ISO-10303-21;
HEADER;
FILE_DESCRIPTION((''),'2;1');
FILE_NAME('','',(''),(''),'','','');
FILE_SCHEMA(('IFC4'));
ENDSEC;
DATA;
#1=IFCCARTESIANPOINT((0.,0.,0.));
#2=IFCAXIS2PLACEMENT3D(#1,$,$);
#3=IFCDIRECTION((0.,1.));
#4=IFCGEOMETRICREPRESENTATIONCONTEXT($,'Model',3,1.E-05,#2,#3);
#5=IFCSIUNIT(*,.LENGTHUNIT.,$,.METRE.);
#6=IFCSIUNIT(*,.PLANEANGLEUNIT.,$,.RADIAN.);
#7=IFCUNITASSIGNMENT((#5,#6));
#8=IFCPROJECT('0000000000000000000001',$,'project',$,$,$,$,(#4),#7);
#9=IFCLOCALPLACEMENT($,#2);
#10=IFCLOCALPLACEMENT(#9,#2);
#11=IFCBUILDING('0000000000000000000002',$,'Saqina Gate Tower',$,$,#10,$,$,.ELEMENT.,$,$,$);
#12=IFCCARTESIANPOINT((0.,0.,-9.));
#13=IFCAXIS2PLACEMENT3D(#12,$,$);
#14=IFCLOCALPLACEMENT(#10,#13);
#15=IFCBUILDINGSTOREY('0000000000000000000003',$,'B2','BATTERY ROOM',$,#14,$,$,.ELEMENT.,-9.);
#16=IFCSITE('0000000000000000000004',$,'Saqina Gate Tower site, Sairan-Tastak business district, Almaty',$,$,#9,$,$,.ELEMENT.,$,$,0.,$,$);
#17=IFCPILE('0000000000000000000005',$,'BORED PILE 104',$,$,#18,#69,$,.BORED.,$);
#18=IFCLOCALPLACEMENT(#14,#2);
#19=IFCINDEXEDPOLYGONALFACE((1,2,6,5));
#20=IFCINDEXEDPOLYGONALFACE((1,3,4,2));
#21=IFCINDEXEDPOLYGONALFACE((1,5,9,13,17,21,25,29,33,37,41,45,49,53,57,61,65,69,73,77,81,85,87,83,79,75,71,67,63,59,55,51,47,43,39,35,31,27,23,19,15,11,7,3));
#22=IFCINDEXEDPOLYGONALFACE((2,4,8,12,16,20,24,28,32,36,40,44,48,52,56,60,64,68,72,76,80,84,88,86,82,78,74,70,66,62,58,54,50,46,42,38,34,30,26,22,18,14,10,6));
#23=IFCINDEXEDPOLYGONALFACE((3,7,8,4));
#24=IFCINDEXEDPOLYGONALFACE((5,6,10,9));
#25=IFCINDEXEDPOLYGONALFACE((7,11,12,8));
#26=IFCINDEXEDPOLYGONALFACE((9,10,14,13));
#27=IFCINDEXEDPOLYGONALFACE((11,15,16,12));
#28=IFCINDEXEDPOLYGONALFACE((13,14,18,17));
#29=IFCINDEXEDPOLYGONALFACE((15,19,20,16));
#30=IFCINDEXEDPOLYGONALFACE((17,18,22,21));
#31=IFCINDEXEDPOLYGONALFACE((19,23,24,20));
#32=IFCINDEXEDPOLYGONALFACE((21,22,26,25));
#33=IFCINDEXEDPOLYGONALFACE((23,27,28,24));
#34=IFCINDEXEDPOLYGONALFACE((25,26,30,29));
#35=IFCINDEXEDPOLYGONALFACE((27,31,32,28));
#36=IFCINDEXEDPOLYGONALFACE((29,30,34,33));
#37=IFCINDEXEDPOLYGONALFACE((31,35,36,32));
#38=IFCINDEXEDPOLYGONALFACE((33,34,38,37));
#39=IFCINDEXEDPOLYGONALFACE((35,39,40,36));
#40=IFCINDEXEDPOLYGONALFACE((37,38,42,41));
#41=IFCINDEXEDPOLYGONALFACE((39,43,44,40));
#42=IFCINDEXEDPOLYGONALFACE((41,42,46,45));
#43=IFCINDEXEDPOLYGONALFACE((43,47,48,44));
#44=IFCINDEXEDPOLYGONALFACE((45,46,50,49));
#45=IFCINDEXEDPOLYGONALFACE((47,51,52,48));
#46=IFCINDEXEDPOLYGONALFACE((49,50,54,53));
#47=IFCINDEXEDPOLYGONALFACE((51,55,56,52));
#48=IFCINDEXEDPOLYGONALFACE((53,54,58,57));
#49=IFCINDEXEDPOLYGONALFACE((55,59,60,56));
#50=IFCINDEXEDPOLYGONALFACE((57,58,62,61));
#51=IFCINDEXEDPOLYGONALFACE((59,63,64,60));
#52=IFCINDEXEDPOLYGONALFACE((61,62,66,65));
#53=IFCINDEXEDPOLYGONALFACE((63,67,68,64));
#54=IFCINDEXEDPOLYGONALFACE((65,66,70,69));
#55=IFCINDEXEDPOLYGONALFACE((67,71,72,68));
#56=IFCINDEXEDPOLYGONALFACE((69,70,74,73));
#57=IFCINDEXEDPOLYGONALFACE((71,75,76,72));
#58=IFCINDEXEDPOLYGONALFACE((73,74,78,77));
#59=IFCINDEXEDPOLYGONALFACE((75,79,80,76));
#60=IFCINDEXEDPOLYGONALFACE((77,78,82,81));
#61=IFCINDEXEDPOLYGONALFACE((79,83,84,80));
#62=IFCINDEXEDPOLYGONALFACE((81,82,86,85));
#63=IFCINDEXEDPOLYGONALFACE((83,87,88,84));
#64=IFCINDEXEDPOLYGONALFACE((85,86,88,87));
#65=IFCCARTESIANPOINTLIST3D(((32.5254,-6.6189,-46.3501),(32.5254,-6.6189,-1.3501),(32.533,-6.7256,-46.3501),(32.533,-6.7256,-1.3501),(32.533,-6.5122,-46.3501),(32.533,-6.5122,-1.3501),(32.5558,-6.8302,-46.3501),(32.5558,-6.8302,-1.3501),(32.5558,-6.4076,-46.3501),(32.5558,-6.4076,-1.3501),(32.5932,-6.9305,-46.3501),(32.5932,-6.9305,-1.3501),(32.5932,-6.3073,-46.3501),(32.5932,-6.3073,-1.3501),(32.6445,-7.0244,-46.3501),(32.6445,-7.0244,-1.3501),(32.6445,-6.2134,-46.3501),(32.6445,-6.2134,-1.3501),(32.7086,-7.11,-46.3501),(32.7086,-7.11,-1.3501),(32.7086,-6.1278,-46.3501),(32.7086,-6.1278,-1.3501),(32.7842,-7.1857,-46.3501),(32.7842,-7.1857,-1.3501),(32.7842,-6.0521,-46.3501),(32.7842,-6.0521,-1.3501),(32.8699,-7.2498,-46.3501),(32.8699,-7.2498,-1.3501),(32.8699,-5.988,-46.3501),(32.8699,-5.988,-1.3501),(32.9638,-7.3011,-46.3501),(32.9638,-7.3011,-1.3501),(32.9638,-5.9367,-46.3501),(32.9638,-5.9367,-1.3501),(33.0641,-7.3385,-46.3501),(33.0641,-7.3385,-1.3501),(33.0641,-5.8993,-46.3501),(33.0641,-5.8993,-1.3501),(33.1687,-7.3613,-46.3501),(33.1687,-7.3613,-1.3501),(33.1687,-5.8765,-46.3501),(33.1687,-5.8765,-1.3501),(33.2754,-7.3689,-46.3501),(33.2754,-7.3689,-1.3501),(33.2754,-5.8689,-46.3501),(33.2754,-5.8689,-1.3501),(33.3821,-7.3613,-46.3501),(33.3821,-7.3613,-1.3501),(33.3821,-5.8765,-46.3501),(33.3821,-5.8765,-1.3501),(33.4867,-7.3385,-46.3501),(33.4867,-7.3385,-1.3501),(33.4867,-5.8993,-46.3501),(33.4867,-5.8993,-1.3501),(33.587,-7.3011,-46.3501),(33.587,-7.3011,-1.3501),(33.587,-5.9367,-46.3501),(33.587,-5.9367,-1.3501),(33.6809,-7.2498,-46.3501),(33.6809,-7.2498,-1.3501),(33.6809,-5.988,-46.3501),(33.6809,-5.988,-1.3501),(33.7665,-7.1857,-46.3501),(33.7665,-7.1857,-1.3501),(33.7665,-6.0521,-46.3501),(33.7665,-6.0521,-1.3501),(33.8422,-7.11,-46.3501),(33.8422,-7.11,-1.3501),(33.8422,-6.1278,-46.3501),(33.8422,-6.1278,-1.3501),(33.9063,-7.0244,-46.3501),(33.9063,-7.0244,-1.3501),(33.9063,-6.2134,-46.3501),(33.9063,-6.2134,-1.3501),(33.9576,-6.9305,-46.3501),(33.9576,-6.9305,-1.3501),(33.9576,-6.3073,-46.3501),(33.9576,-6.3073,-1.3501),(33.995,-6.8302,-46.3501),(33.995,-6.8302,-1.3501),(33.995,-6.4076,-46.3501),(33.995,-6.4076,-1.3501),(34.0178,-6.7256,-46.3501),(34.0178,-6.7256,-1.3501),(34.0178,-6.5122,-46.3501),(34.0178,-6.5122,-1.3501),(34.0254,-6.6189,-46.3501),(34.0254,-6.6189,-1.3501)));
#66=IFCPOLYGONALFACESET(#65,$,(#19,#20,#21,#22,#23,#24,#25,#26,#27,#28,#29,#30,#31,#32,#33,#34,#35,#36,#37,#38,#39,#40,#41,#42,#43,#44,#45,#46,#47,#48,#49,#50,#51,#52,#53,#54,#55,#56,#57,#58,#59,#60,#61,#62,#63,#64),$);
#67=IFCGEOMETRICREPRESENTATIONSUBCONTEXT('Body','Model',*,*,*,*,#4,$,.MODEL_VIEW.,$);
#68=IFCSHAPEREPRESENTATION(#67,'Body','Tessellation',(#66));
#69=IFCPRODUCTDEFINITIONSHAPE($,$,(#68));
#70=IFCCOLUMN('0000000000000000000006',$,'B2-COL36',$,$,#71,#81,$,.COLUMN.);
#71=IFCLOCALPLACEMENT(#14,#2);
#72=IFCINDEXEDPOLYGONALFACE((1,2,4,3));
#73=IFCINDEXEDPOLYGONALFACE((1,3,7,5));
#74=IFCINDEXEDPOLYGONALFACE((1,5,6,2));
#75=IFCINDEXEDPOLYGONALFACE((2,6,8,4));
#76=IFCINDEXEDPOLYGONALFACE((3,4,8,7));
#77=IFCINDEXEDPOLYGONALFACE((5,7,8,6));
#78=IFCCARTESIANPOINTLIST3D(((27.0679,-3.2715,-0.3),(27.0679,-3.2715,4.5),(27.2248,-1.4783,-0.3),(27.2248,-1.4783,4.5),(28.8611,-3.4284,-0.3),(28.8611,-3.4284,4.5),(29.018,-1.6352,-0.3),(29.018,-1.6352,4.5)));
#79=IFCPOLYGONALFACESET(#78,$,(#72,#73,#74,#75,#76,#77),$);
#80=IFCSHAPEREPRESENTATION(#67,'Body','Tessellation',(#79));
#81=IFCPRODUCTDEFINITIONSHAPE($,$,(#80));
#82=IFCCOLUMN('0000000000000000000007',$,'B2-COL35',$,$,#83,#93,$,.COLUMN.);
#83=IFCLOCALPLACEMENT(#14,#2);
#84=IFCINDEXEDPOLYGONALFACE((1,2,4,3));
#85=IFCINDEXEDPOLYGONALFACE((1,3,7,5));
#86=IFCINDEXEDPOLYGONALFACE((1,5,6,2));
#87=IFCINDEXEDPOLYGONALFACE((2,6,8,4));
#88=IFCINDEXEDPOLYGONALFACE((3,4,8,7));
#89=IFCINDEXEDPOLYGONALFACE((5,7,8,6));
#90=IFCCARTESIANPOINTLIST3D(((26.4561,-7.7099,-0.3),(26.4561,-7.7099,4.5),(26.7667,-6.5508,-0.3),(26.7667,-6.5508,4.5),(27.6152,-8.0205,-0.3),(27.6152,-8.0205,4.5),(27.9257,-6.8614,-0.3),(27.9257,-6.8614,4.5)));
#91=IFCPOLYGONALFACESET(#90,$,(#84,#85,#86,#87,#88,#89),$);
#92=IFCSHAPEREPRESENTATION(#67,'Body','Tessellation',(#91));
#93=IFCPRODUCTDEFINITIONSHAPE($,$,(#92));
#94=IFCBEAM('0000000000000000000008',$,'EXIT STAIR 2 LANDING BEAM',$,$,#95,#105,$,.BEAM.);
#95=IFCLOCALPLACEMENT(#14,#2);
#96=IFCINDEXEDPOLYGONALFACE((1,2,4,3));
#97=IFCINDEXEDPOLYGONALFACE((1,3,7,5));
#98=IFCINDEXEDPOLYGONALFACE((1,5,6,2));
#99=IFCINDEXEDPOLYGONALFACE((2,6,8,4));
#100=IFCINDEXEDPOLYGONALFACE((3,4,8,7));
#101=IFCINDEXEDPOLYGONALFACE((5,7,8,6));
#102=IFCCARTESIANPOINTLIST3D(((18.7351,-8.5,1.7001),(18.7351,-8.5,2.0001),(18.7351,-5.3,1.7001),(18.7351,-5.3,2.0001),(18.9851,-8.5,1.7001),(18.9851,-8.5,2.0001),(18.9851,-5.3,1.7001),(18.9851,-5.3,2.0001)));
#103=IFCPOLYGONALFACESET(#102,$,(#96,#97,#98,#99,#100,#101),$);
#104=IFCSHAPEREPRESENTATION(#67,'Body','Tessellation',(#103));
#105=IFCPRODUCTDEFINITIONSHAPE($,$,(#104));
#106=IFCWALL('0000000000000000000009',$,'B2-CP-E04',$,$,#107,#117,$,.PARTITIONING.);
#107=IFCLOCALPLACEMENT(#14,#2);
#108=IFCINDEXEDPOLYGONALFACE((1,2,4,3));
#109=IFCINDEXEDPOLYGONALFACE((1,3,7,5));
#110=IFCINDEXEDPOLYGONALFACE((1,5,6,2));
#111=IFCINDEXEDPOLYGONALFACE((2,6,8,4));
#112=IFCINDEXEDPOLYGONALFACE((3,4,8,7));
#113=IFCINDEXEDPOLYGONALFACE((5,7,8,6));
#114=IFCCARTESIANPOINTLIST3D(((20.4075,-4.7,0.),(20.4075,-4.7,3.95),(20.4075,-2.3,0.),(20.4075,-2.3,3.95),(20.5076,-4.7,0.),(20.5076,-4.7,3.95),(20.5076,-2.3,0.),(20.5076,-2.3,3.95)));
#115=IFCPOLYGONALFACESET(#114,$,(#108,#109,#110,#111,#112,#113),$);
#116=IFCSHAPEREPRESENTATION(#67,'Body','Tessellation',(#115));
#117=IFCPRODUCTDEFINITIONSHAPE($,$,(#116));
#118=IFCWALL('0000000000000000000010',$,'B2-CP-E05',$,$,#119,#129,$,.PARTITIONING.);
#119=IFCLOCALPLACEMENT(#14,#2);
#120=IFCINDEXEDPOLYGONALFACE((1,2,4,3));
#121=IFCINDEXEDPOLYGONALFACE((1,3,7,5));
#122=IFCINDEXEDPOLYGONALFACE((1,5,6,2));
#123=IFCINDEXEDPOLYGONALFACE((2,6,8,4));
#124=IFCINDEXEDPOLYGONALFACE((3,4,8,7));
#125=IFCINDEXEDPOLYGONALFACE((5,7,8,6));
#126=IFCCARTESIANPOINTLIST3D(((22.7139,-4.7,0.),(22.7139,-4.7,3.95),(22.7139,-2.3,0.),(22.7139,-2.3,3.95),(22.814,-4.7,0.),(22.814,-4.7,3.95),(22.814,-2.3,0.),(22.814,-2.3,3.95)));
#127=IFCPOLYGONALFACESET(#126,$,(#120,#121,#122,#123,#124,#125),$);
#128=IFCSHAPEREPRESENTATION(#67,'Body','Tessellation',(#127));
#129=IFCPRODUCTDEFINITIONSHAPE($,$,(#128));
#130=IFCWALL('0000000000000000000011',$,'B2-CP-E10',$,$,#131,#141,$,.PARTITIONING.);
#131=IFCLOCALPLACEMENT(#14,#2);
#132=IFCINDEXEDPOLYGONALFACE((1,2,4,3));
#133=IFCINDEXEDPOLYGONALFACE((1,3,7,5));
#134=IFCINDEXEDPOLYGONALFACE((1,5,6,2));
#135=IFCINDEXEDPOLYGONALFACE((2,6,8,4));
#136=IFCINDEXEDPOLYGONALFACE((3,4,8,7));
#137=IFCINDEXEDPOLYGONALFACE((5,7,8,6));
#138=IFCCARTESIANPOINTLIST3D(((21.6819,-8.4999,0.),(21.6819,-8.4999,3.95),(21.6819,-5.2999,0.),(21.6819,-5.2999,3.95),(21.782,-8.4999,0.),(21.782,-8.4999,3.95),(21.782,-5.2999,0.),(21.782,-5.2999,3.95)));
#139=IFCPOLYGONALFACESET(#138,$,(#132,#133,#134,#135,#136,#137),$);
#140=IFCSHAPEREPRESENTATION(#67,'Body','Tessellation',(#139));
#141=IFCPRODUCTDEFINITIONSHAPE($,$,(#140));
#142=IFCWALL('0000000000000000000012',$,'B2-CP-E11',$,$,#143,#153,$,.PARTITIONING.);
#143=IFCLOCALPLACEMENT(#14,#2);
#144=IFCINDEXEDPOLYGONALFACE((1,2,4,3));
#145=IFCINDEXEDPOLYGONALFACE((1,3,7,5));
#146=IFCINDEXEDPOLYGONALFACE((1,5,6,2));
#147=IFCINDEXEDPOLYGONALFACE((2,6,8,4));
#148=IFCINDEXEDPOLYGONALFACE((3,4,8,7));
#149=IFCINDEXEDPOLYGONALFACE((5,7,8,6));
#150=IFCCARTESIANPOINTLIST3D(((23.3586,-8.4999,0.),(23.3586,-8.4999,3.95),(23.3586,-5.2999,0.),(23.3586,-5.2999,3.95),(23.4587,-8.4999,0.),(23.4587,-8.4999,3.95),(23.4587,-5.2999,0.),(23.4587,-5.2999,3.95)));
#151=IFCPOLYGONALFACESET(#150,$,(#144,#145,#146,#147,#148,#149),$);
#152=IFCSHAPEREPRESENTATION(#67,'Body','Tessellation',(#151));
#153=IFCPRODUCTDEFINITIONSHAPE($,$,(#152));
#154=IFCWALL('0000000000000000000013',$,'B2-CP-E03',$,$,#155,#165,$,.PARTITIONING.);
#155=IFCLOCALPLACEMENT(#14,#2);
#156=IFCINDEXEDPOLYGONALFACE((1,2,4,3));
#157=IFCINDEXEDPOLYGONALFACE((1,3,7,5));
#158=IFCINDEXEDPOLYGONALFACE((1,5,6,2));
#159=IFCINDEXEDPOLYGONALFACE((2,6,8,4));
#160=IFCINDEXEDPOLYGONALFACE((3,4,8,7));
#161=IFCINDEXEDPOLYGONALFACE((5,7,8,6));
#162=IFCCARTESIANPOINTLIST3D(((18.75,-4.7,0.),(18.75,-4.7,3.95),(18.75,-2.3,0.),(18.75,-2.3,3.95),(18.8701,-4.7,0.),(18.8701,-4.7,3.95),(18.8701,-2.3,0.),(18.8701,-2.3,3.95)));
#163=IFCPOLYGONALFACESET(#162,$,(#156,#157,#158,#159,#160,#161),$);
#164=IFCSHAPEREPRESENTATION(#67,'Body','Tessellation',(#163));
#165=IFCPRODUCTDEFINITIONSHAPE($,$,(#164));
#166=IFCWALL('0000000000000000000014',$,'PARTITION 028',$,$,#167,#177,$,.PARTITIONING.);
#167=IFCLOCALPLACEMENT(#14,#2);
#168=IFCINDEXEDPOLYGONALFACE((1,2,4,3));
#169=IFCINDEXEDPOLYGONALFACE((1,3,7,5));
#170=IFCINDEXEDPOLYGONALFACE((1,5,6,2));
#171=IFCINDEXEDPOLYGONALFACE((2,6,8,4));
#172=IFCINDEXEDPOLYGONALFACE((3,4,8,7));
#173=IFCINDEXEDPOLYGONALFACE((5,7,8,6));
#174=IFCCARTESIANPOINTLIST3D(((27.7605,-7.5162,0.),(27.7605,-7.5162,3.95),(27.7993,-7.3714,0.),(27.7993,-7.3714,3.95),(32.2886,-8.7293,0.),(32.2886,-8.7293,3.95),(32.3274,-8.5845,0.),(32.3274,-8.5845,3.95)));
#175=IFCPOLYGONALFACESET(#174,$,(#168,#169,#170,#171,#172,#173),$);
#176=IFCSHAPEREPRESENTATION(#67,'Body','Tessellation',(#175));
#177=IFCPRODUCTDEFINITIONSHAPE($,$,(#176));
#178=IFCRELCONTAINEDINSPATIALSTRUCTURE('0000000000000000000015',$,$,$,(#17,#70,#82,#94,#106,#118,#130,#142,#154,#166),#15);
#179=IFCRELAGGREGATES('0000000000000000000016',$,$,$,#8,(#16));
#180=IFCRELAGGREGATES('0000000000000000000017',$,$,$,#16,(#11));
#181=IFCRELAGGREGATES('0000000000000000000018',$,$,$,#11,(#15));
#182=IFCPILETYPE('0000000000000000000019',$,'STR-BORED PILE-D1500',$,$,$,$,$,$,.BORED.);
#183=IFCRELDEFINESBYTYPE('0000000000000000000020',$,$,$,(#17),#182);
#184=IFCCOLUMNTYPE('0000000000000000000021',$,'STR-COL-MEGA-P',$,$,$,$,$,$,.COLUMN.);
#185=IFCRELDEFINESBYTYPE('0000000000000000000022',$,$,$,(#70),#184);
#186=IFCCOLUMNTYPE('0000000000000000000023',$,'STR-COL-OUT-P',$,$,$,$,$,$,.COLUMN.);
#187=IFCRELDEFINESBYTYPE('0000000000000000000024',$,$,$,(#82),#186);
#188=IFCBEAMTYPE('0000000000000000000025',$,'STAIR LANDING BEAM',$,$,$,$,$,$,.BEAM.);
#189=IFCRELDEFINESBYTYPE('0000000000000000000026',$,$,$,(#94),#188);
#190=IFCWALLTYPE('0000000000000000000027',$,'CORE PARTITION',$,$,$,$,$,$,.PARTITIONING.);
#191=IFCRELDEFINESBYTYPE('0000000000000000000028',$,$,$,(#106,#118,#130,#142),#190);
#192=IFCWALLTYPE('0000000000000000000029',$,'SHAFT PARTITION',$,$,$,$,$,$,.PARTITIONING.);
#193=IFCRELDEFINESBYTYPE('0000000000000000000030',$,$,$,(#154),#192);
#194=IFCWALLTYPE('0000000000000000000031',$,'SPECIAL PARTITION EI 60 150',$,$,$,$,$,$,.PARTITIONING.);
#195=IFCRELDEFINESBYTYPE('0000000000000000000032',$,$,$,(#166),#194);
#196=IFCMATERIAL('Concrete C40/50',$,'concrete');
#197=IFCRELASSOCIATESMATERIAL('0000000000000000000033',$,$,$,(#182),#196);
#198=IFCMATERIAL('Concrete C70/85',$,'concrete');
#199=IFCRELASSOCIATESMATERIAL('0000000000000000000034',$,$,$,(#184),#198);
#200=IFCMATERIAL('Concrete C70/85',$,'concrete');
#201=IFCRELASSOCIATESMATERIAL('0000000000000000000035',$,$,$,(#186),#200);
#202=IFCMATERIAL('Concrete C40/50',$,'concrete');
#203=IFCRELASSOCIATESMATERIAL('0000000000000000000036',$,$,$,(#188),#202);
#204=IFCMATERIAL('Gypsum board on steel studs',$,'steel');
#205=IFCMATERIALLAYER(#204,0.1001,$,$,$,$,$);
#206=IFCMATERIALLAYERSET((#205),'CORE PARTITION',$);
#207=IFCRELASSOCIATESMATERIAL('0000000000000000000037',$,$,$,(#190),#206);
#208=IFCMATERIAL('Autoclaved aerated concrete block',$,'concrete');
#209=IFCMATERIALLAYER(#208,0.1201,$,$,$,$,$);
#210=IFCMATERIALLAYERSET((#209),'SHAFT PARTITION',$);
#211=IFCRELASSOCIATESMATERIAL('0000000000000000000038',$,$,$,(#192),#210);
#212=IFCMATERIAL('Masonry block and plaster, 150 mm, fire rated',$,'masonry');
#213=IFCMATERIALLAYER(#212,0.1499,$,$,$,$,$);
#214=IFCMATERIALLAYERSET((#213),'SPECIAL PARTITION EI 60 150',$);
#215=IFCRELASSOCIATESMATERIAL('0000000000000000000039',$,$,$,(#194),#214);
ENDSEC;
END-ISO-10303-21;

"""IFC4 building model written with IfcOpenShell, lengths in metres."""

from ifc_helpers import new_model, si_unit, direction, frame, frame_2d, origin, origin_2d, place, context, subcontext, project, spatial, rectangle, circle, extrude, material, layer, layer_set, material_profile, profile_set, type_object, element, save


model = new_model("IFC4")

# Units and contexts
model_context = context("Model", 3, precision=1e-05, world=origin(), true_north=direction((0.0, 1.0)))
body_context = subcontext(model_context, "Body", "Model", "MODEL_VIEW")
ifc_project = project(units=[si_unit("LENGTHUNIT", "METRE"), si_unit("PLANEANGLEUNIT", "RADIAN")], contexts=[model_context])

# Site, building, storey
site_placement = place(None, origin())
site = spatial("IfcSite", under=ifc_project, at=site_placement, Name="Saqina Gate Tower site, Sairan-Tastak business district, Almaty", CompositionType="ELEMENT", RefElevation=0.0)
building_placement = place(site_placement, origin())
building = spatial("IfcBuilding", under=site, at=building_placement, Name="Saqina Gate Tower", CompositionType="ELEMENT")
storey_placement = place(building_placement, frame((0.0, 0.0, -9.0)))
storey = spatial("IfcBuildingStorey", under=building, at=storey_placement, Name="B2", Description="BATTERY ROOM", CompositionType="ELEMENT", Elevation=-9.0)

# Pile
ifc_material_1 = material(Name="Concrete C40/50", Category="concrete")
ifc_material_profile_1 = material_profile(ifc_material_1, circle(Radius=0.75, at=origin_2d()), Name="RC D1500")
ifc_profile_set_1 = profile_set([ifc_material_profile_1], Name="Concrete C40/50")
pile_type = type_object("IfcPileType", Name="STR-BORED PILE-D1500", PredefinedType="BORED", material=ifc_profile_set_1)
for number, where, z_axis, x_axis, name in (
    (1, (33.2754, -6.6189, -1.3501), (0.0, 0.0, -1.0), (1.0, 0.0, 0.0), "BORED PILE 104"),
):
    element("IfcPile", number, at=place(storey_placement, frame(where, z_axis=z_axis, x_axis=x_axis)), inside=storey, type_object=pile_type, Name=name, PredefinedType="BORED", context=body_context, shape_type="SweptSolid", body=[
        extrude(circle(Radius=0.75, at=origin_2d()), origin(), (0.0, 0.0, 1.0), 45.0),
    ])

# Columns
ifc_material_2 = material(Name="Concrete C70/85", Category="concrete")
ifc_material_profile_2 = material_profile(ifc_material_2, rectangle(XDim=1.8, YDim=1.8, at=origin_2d()), Name="RC 1800x1800")
ifc_profile_set_2 = profile_set([ifc_material_profile_2], Name="Concrete C70/85")
column_type_1 = type_object("IfcColumnType", Name="STR-COL-MEGA-P", PredefinedType="COLUMN", material=ifc_profile_set_2)
column_1_placement = place(storey_placement, frame((28.043, -2.4534, -0.3), z_axis=(0.0, 0.0, 1.0), x_axis=(0.996195, -0.087156, 0.0)))
element("IfcColumn", 2, at=column_1_placement, inside=storey, type_object=column_type_1, Name="B2-COL36", PredefinedType="COLUMN", context=body_context, shape_type="SweptSolid", body=[
    extrude(rectangle(XDim=1.8, YDim=1.8, at=origin_2d()), origin(), (0.0, 0.0, 1.0), 4.8),
])
ifc_material_3 = material(Name="Concrete C70/85", Category="concrete")
ifc_material_profile_3 = material_profile(ifc_material_3, rectangle(XDim=1.2, YDim=1.2, at=origin_2d()), Name="RC 1200x1200")
ifc_profile_set_3 = profile_set([ifc_material_profile_3], Name="Concrete C70/85")
column_type_2 = type_object("IfcColumnType", Name="STR-COL-OUT-P", PredefinedType="COLUMN", material=ifc_profile_set_3)
column_2_placement = place(storey_placement, frame((27.1909, -7.2856, -0.3), z_axis=(0.0, 0.0, 1.0), x_axis=(0.965926, -0.258819, 0.0)))
element("IfcColumn", 3, at=column_2_placement, inside=storey, type_object=column_type_2, Name="B2-COL35", PredefinedType="COLUMN", context=body_context, shape_type="SweptSolid", body=[
    extrude(rectangle(XDim=1.2, YDim=1.2, at=origin_2d()), origin(), (0.0, 0.0, 1.0), 4.8),
])

# Beam
ifc_material_4 = material(Name="Concrete C40/50", Category="concrete")
ifc_material_profile_4 = material_profile(ifc_material_4, rectangle(XDim=0.25, YDim=0.3, at=origin_2d()), Name="STAIR LANDING BEAM")
ifc_profile_set_4 = profile_set([ifc_material_profile_4], Name="Concrete C40/50")
beam_type = type_object("IfcBeamType", Name="STAIR LANDING BEAM", PredefinedType="BEAM", material=ifc_profile_set_4)
beam_placement = place(storey_placement, frame((18.8601, -8.5, 1.8501), z_axis=(0.0, 1.0, 0.0), x_axis=(-1.0, 0.0, 0.0)))
element("IfcBeam", 4, at=beam_placement, inside=storey, type_object=beam_type, Name="EXIT STAIR 2 LANDING BEAM", PredefinedType="BEAM", context=body_context, shape_type="SweptSolid", body=[
    extrude(rectangle(XDim=0.25, YDim=0.3, at=origin_2d()), origin(), (0.0, 0.0, 1.0), 3.2),
])

# Walls
ifc_material_5 = material(Name="Gypsum board on steel studs", Category="steel")
ifc_layer_1 = layer(ifc_material_5, 0.1001)
ifc_layer_set_1 = layer_set([ifc_layer_1], Name="CORE PARTITION")
wall_type_1 = type_object("IfcWallType", Name="CORE PARTITION", PredefinedType="PARTITIONING", material=ifc_layer_set_1)
for number, where, z_axis, x_axis, name in (
    (5, (20.4575, -4.7, 0.0), (0.0, 0.0, 1.0), (0.0, 1.0, 0.0), "B2-CP-E04"),
    (6, (22.7639, -4.7, 0.0), (0.0, 0.0, 1.0), (0.0, 1.0, 0.0), "B2-CP-E05"),
):
    element("IfcWall", number, at=place(storey_placement, frame(where, z_axis=z_axis, x_axis=x_axis)), inside=storey, type_object=wall_type_1, Name=name, PredefinedType="PARTITIONING", context=body_context, shape_type="SweptSolid", body=[
        extrude(rectangle(XDim=2.3999, YDim=0.1001, at=frame_2d((1.2, 0.0))), origin(), (0.0, 0.0, 1.0), 3.95),
    ])
for number, where, z_axis, x_axis, name in (
    (7, (21.7319, -8.5, 0.0), (0.0, 0.0, 1.0), (0.0, 1.0, 0.0), "B2-CP-E10"),
    (8, (23.4087, -8.5, 0.0), (0.0, 0.0, 1.0), (0.0, 1.0, 0.0), "B2-CP-E11"),
):
    element("IfcWall", number, at=place(storey_placement, frame(where, z_axis=z_axis, x_axis=x_axis)), inside=storey, type_object=wall_type_1, Name=name, PredefinedType="PARTITIONING", context=body_context, shape_type="SweptSolid", body=[
        extrude(rectangle(XDim=3.2, YDim=0.1001, at=frame_2d((1.6001, 0.0))), origin(), (0.0, 0.0, 1.0), 3.95),
    ])
ifc_material_6 = material(Name="Autoclaved aerated concrete block", Category="concrete")
ifc_layer_2 = layer(ifc_material_6, 0.1201)
ifc_layer_set_2 = layer_set([ifc_layer_2], Name="SHAFT PARTITION")
wall_type_2 = type_object("IfcWallType", Name="SHAFT PARTITION", PredefinedType="PARTITIONING", material=ifc_layer_set_2)
wall_1_placement = place(storey_placement, frame((18.8101, -4.7, 0.0), z_axis=(0.0, 0.0, 1.0), x_axis=(0.0, 1.0, 0.0)))
element("IfcWall", 9, at=wall_1_placement, inside=storey, type_object=wall_type_2, Name="B2-CP-E03", PredefinedType="PARTITIONING", context=body_context, shape_type="SweptSolid", body=[
    extrude(rectangle(XDim=2.3999, YDim=0.1201, at=frame_2d((1.2, 0.0))), origin(), (0.0, 0.0, 1.0), 3.95),
])
ifc_material_7 = material(Name="Masonry block and plaster, 150 mm, fire rated", Category="masonry")
ifc_layer_3 = layer(ifc_material_7, 0.1499)
ifc_layer_set_3 = layer_set([ifc_layer_3], Name="SPECIAL PARTITION EI 60 150")
wall_type_3 = type_object("IfcWallType", Name="SPECIAL PARTITION EI 60 150", PredefinedType="PARTITIONING", material=ifc_layer_set_3)
wall_2_placement = place(storey_placement, frame((27.78, -7.4438, 0.0), z_axis=(0.0, 0.0, 1.0), x_axis=(0.965934, -0.258787, 0.0)))
element("IfcWall", 10, at=wall_2_placement, inside=storey, type_object=wall_type_3, Name="PARTITION 028", PredefinedType="PARTITIONING", context=body_context, shape_type="SweptSolid", body=[
    extrude(rectangle(XDim=4.6877, YDim=0.1499, at=frame_2d((2.3438, 0.0))), origin(), (0.0, 0.0, 1.0), 3.95),
])

save(model, "model.ifc")
